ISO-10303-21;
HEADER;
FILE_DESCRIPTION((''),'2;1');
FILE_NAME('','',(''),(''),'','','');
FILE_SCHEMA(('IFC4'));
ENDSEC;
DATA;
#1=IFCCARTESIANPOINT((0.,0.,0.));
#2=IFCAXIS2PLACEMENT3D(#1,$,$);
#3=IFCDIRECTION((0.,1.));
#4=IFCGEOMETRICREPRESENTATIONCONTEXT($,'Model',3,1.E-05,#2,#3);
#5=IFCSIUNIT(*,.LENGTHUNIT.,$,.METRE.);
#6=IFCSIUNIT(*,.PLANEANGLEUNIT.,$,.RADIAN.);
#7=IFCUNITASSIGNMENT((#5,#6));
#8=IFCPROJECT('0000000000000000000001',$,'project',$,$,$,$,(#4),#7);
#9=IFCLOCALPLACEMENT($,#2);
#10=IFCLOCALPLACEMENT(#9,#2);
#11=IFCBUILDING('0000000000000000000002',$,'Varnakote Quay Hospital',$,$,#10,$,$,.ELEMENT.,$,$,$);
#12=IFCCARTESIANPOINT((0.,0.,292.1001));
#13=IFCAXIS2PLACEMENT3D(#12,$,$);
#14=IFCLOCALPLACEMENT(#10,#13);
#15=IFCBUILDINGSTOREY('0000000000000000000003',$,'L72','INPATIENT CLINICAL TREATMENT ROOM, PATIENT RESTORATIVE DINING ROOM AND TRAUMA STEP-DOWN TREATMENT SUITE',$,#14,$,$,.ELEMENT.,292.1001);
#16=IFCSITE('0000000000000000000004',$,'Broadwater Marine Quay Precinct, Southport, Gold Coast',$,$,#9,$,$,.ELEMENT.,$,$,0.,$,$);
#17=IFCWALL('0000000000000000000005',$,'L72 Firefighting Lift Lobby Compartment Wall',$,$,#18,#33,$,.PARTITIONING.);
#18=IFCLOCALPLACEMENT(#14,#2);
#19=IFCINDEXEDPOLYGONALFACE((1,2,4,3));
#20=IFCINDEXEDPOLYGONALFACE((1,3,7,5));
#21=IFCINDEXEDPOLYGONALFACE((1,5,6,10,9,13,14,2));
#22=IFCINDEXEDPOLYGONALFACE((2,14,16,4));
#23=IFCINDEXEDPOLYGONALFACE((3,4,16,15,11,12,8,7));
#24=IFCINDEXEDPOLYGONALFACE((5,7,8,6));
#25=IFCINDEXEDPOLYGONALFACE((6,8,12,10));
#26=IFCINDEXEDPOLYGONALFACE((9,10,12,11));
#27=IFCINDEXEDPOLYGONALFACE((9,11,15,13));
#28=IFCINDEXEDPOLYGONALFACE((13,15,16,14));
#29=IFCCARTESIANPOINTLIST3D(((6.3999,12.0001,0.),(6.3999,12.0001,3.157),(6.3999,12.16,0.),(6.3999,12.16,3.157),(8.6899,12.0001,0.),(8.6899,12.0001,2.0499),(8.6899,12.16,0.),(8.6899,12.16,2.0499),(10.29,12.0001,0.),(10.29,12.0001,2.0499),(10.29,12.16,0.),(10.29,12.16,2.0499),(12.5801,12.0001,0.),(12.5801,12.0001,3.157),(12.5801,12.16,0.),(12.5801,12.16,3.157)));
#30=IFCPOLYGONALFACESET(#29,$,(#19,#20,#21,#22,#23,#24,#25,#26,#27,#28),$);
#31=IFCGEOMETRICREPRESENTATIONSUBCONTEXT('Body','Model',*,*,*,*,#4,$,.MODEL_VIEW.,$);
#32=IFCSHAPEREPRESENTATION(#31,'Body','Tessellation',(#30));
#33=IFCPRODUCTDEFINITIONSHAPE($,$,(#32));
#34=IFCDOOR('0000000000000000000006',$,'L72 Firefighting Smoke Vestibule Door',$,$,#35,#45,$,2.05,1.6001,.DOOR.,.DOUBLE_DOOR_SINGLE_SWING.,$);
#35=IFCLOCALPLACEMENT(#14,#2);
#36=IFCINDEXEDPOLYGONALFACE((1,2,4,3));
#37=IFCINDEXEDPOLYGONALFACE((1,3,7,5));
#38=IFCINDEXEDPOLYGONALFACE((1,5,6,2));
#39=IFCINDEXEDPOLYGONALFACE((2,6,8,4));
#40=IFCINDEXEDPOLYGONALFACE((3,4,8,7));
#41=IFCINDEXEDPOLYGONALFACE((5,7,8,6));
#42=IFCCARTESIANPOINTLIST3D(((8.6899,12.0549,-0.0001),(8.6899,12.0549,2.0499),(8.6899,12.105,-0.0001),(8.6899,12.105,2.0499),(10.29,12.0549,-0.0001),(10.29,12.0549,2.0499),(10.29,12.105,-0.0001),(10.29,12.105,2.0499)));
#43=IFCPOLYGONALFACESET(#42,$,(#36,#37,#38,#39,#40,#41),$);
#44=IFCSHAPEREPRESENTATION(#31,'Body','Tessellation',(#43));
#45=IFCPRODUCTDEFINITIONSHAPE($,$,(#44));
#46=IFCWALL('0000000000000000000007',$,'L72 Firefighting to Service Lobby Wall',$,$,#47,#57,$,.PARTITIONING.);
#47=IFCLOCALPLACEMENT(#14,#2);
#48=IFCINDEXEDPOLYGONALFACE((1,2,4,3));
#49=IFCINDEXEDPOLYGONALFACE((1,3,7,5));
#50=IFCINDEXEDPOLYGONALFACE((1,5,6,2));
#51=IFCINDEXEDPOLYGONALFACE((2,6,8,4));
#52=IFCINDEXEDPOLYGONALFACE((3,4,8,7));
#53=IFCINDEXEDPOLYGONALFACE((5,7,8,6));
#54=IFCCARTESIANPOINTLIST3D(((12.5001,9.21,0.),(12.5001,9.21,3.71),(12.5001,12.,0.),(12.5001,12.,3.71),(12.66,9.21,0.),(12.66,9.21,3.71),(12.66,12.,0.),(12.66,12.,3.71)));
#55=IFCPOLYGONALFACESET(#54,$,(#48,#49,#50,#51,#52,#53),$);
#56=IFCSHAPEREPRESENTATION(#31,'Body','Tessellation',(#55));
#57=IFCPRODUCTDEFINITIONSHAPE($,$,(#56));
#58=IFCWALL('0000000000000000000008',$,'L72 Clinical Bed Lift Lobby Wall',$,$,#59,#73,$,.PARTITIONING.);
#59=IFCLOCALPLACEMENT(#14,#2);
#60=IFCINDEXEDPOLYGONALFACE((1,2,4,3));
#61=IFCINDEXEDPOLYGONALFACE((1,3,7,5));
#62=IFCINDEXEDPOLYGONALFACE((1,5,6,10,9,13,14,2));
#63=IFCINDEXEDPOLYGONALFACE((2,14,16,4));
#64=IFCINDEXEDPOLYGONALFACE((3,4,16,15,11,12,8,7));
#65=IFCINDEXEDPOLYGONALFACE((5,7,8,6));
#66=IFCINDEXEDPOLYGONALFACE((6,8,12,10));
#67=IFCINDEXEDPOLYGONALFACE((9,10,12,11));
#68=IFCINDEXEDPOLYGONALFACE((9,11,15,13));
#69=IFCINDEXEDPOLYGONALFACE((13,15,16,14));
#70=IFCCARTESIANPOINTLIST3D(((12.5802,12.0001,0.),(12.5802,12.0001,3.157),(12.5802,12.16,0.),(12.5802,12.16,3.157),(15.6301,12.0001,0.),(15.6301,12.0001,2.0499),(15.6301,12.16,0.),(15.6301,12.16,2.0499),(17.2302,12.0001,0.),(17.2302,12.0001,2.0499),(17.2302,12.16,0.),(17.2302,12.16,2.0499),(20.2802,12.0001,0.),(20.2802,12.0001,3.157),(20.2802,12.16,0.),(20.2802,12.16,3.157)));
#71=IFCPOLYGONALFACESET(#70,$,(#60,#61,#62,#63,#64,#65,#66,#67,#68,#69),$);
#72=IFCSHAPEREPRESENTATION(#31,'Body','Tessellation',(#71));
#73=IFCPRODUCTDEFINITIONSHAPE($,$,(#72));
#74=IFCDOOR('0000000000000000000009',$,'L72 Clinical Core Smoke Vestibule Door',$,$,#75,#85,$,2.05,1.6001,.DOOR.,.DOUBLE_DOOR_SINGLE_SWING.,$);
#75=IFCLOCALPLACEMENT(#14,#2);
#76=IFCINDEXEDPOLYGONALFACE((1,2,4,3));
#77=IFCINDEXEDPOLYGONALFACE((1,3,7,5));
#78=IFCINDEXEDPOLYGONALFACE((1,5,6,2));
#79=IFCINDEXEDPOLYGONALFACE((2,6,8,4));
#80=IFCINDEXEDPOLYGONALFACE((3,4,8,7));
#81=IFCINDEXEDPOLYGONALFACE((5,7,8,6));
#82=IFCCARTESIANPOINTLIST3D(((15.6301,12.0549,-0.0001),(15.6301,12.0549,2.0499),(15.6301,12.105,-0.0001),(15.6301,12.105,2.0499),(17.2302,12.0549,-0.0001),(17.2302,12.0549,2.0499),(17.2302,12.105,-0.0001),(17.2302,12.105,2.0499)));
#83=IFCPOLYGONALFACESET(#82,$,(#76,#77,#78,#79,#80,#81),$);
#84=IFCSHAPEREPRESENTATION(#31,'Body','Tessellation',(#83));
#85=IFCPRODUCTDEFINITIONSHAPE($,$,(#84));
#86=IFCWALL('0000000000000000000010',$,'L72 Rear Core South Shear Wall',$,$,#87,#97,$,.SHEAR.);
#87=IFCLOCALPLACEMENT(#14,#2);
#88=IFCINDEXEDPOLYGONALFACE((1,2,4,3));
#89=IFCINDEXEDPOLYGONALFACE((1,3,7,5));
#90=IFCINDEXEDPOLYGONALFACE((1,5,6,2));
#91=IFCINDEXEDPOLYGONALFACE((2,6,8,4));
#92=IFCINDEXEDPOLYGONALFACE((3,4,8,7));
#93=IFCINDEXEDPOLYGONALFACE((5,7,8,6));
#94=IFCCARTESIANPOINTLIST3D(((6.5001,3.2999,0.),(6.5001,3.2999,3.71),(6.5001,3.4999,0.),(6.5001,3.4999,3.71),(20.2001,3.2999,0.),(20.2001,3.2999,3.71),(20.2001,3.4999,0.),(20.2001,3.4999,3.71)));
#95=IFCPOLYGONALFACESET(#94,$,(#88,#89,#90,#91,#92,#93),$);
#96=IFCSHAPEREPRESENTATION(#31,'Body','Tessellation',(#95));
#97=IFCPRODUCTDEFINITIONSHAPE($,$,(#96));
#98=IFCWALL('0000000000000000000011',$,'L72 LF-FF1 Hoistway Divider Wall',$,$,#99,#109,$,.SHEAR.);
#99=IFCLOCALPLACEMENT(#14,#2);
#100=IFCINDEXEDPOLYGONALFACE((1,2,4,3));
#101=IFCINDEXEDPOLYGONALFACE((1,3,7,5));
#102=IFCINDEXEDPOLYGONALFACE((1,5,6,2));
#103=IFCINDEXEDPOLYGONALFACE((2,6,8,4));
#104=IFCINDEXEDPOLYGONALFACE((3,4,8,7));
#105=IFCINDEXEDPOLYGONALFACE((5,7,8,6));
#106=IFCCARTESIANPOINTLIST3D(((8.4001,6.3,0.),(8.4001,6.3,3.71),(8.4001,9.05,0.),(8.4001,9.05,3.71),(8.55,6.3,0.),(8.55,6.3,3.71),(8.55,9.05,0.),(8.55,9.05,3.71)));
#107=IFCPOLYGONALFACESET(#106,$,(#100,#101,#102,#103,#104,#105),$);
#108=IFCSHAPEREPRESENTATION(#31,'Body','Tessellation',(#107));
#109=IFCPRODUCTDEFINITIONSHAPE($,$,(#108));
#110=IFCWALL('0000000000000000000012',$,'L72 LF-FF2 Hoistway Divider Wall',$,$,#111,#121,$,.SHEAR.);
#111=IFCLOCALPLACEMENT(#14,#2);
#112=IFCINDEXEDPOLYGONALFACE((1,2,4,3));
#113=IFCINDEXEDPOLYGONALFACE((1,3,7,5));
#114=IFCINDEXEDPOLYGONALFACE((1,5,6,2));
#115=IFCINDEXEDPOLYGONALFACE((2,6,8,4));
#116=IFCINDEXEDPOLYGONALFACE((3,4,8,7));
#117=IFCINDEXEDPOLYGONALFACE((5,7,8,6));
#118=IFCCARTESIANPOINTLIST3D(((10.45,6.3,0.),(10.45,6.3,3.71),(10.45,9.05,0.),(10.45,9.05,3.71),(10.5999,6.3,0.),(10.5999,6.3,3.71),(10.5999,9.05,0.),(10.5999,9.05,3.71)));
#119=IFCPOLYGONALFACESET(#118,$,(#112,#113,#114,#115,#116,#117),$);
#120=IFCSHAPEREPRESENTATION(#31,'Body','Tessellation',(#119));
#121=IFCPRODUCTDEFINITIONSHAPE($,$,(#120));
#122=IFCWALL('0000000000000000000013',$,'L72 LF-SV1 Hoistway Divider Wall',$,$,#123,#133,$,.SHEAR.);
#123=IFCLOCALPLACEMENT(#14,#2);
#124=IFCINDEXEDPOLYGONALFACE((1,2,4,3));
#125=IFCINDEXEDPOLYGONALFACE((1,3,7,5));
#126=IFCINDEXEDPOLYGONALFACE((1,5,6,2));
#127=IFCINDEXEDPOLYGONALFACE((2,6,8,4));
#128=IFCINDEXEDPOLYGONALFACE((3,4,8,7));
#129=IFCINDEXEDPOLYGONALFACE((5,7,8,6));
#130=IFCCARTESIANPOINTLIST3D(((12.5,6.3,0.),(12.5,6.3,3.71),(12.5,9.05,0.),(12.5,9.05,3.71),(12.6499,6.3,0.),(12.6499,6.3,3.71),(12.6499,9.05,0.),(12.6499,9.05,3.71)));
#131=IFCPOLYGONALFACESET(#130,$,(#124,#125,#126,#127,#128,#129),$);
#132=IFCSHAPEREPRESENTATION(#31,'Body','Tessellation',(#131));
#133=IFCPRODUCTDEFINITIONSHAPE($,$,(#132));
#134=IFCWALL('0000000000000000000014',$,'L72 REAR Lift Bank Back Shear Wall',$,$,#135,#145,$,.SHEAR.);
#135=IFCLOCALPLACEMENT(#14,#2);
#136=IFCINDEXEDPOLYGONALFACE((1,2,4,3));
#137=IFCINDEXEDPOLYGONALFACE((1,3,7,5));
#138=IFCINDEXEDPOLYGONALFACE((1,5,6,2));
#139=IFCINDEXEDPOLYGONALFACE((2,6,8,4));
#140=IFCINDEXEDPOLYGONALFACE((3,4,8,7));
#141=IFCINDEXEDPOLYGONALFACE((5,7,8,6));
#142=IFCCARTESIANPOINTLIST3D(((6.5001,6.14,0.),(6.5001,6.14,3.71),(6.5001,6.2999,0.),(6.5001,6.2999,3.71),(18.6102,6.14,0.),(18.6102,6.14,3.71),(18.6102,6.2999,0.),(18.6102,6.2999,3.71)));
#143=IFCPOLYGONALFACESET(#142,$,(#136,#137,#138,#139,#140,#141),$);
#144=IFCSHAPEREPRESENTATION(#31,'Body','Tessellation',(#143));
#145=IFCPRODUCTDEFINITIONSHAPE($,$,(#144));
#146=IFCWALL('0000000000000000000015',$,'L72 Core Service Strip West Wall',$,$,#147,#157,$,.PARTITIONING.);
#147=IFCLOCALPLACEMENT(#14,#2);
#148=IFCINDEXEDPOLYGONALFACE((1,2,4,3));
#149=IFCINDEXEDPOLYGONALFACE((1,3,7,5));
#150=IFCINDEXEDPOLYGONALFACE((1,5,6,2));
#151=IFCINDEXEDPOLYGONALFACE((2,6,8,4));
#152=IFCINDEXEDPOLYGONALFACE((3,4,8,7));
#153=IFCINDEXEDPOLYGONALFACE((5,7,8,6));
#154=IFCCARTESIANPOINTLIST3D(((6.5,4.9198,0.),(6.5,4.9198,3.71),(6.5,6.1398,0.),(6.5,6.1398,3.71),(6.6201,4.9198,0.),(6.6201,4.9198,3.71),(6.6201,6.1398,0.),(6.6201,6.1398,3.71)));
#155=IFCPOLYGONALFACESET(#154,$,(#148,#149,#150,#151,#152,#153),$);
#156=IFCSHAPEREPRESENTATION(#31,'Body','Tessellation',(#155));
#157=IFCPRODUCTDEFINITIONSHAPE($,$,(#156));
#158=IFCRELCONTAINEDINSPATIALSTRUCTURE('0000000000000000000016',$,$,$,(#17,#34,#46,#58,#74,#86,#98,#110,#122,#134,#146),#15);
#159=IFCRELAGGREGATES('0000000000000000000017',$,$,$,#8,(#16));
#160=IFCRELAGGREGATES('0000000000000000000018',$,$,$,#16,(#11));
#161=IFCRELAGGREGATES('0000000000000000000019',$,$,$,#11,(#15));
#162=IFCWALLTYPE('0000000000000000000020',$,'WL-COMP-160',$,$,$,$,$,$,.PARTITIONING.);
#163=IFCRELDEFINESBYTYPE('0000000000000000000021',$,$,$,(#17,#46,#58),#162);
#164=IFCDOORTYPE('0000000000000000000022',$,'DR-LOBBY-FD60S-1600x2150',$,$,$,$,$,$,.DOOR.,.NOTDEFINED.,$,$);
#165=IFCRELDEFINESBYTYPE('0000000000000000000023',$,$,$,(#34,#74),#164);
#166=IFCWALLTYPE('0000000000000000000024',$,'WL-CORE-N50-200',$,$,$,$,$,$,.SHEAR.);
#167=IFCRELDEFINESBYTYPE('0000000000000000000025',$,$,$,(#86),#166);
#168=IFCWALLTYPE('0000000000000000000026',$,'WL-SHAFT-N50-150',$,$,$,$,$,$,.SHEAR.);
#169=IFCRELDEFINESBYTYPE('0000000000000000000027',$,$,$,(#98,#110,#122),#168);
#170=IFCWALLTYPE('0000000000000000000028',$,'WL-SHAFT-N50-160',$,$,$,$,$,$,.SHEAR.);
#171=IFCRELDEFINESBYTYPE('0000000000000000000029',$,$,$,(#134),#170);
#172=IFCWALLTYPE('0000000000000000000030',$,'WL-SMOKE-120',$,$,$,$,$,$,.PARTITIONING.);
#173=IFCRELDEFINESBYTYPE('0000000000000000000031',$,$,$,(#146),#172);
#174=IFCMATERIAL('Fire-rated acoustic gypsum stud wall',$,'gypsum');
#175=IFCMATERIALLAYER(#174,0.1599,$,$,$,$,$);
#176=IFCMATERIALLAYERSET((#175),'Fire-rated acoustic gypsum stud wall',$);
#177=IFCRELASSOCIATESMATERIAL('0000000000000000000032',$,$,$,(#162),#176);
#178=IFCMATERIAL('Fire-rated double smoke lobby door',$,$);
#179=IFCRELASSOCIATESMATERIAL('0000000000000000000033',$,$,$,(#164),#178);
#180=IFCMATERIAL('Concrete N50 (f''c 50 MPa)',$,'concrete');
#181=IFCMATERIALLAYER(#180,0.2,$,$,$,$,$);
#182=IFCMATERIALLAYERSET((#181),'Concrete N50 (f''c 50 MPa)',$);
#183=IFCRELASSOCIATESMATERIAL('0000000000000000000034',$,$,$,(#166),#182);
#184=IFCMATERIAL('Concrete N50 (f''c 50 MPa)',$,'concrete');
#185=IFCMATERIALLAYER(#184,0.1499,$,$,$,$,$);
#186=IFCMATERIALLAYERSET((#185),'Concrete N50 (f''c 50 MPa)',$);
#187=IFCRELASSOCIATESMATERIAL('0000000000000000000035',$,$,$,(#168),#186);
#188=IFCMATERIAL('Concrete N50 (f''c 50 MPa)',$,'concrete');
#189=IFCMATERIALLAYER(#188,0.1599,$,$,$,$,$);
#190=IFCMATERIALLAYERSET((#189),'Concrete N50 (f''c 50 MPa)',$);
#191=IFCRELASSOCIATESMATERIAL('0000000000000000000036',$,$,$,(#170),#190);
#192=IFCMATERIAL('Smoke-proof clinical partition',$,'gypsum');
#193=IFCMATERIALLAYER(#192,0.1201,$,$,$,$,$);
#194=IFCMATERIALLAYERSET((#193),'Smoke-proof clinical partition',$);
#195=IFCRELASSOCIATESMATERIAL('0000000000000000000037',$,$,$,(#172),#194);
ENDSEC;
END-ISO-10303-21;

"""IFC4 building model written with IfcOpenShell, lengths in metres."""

from ifc_helpers import new_model, si_unit, direction, frame, frame_2d, origin, place, context, subcontext, project, spatial, rectangle, extrude, material, layer, layer_set, type_object, element, fill, save


model = new_model("IFC4")

# Units and contexts
model_context = context("Model", 3, precision=1e-05, world=origin(), true_north=direction((0.0, 1.0)))
body_context = subcontext(model_context, "Body", "Model", "MODEL_VIEW")
ifc_project = project(units=[si_unit("LENGTHUNIT", "METRE"), si_unit("PLANEANGLEUNIT", "RADIAN")], contexts=[model_context])

# Site, building, storey
site_placement = place(None, origin())
site = spatial("IfcSite", under=ifc_project, at=site_placement, Name="Broadwater Marine Quay Precinct, Southport, Gold Coast", CompositionType="ELEMENT", RefElevation=0.0)
building_placement = place(site_placement, origin())
building = spatial("IfcBuilding", under=site, at=building_placement, Name="Varnakote Quay Hospital", CompositionType="ELEMENT")
storey_placement = place(building_placement, frame((0.0, 0.0, 292.1001)))
storey = spatial("IfcBuildingStorey", under=building, at=storey_placement, Name="L72", Description="INPATIENT CLINICAL TREATMENT ROOM, PATIENT RESTORATIVE DINING ROOM AND TRAUMA STEP-DOWN TREATMENT SUITE", CompositionType="ELEMENT", Elevation=292.1001)

# Wall, opening, door
ifc_material_1 = material(Name="Fire-rated acoustic gypsum stud wall", Category="gypsum")
ifc_layer_1 = layer(ifc_material_1, 0.1599)
ifc_layer_set_1 = layer_set([ifc_layer_1], Name="Fire-rated acoustic gypsum stud wall")
wall_type_1 = type_object("IfcWallType", Name="WL-COMP-160", PredefinedType="PARTITIONING", material=ifc_layer_set_1)
wall_1_placement = place(storey_placement, frame((6.3999, 12.0801, 0.0), z_axis=(0.0, 0.0, 1.0), x_axis=(1.0, 0.0, 0.0)))
wall_1 = element("IfcWall", 1, at=wall_1_placement, inside=storey, type_object=wall_type_1, Name="L72 Firefighting Lift Lobby Compartment Wall", PredefinedType="PARTITIONING", context=body_context, shape_type="SweptSolid", body=[
    extrude(rectangle(XDim=6.1802, YDim=0.1599, at=frame_2d((3.0901, 0.0))), origin(), (0.0, 0.0, 1.0), 3.157),
])
opening_1_placement = place(wall_1_placement, frame((2.29, 0.0, 0.0)))
opening_1 = element("IfcOpeningElement", 2, at=opening_1_placement, cuts=wall_1, PredefinedType="OPENING", context=body_context, shape_type="SweptSolid", body=[
    extrude(rectangle(XDim=1.6001, YDim=2.05, at=frame_2d((0.8, 1.0249))), frame((0.0, 0.0898, 0.0), z_axis=(0.0, -1.0, 0.0), x_axis=(1.0, 0.0, 0.0)), (0.0, 0.0, 1.0), 0.1799),
])
ifc_material_2 = material(Name="Fire-rated double smoke lobby door")
door_type_1 = type_object("IfcDoorType", Name="DR-LOBBY-FD60S-1600x2150", OperationType="NOTDEFINED", PredefinedType="DOOR", material=ifc_material_2)
door_1_placement = place(opening_1_placement, origin())
door_1 = element("IfcDoor", 3, at=door_1_placement, inside=storey, type_object=door_type_1, Name="L72 Firefighting Smoke Vestibule Door", OperationType="DOUBLE_DOOR_SINGLE_SWING", OverallHeight=2.05, OverallWidth=1.6001, PredefinedType="DOOR", context=body_context, shape_type="SweptSolid", body=[
    extrude(rectangle(XDim=1.6001, YDim=2.05, at=frame_2d((0.8, 1.0249))), frame((0.0, 0.0249, 0.0), z_axis=(0.0, -1.0, 0.0), x_axis=(1.0, 0.0, 0.0)), (0.0, 0.0, 1.0), 0.05),
])
fill(opening_1, door_1)

# Wall
wall_2_placement = place(storey_placement, frame((12.5801, 9.21, 0.0), z_axis=(0.0, 0.0, 1.0), x_axis=(0.0, 1.0, 0.0)))
element("IfcWall", 4, at=wall_2_placement, inside=storey, type_object=wall_type_1, Name="L72 Firefighting to Service Lobby Wall", PredefinedType="PARTITIONING", context=body_context, shape_type="SweptSolid", body=[
    extrude(rectangle(XDim=2.79, YDim=0.1599, at=frame_2d((1.395, 0.0))), origin(), (0.0, 0.0, 1.0), 3.71),
])

# Wall, opening, door
wall_3_placement = place(storey_placement, frame((12.5801, 12.0801, 0.0), z_axis=(0.0, 0.0, 1.0), x_axis=(1.0, 0.0, 0.0)))
wall_3 = element("IfcWall", 5, at=wall_3_placement, inside=storey, type_object=wall_type_1, Name="L72 Clinical Bed Lift Lobby Wall", PredefinedType="PARTITIONING", context=body_context, shape_type="SweptSolid", body=[
    extrude(rectangle(XDim=7.7, YDim=0.1599, at=frame_2d((3.8501, 0.0))), origin(), (0.0, 0.0, 1.0), 3.157),
])
opening_2_placement = place(wall_3_placement, frame((3.05, 0.0, 0.0)))
opening_2 = element("IfcOpeningElement", 6, at=opening_2_placement, cuts=wall_3, PredefinedType="OPENING", context=body_context, shape_type="SweptSolid", body=[
    extrude(rectangle(XDim=1.6001, YDim=2.05, at=frame_2d((0.8, 1.0249))), frame((0.0, 0.0898, 0.0), z_axis=(0.0, -1.0, 0.0), x_axis=(1.0, 0.0, 0.0)), (0.0, 0.0, 1.0), 0.1799),
])
door_2_placement = place(opening_2_placement, origin())
door_2 = element("IfcDoor", 7, at=door_2_placement, inside=storey, type_object=door_type_1, Name="L72 Clinical Core Smoke Vestibule Door", OperationType="DOUBLE_DOOR_SINGLE_SWING", OverallHeight=2.05, OverallWidth=1.6001, PredefinedType="DOOR", context=body_context, shape_type="SweptSolid", body=[
    extrude(rectangle(XDim=1.6001, YDim=2.05, at=frame_2d((0.8, 1.0249))), frame((0.0, 0.0249, 0.0), z_axis=(0.0, -1.0, 0.0), x_axis=(1.0, 0.0, 0.0)), (0.0, 0.0, 1.0), 0.05),
])
fill(opening_2, door_2)

# Walls
ifc_material_3 = material(Name="Concrete N50 (f'c 50 MPa)", Category="concrete")
ifc_layer_2 = layer(ifc_material_3, 0.2)
ifc_layer_set_2 = layer_set([ifc_layer_2], Name="Concrete N50 (f'c 50 MPa)")
wall_type_2 = type_object("IfcWallType", Name="WL-CORE-N50-200", PredefinedType="SHEAR", material=ifc_layer_set_2)
wall_4_placement = place(storey_placement, frame((6.5, 3.3999, 0.0), z_axis=(0.0, 0.0, 1.0), x_axis=(1.0, 0.0, 0.0)))
element("IfcWall", 8, at=wall_4_placement, inside=storey, type_object=wall_type_2, Name="L72 Rear Core South Shear Wall", PredefinedType="SHEAR", context=body_context, shape_type="SweptSolid", body=[
    extrude(rectangle(XDim=13.7, YDim=0.2, at=frame_2d((6.8501, 0.0))), origin(), (0.0, 0.0, 1.0), 3.71),
])
ifc_material_4 = material(Name="Concrete N50 (f'c 50 MPa)", Category="concrete")
ifc_layer_3 = layer(ifc_material_4, 0.1499)
ifc_layer_set_3 = layer_set([ifc_layer_3], Name="Concrete N50 (f'c 50 MPa)")
wall_type_3 = type_object("IfcWallType", Name="WL-SHAFT-N50-150", PredefinedType="SHEAR", material=ifc_layer_set_3)
for number, where, z_axis, x_axis, name in (
    (9, (8.4751, 6.3, 0.0), (0.0, 0.0, 1.0), (0.0, 1.0, 0.0), "L72 LF-FF1 Hoistway Divider Wall"),
    (10, (10.5249, 6.3, 0.0), (0.0, 0.0, 1.0), (0.0, 1.0, 0.0), "L72 LF-FF2 Hoistway Divider Wall"),
    (11, (12.575, 6.3, 0.0), (0.0, 0.0, 1.0), (0.0, 1.0, 0.0), "L72 LF-SV1 Hoistway Divider Wall"),
):
    element("IfcWall", number, at=place(storey_placement, frame(where, z_axis=z_axis, x_axis=x_axis)), inside=storey, type_object=wall_type_3, Name=name, PredefinedType="SHEAR", context=body_context, shape_type="SweptSolid", body=[
        extrude(rectangle(XDim=2.75, YDim=0.1499, at=frame_2d((1.375, 0.0))), origin(), (0.0, 0.0, 1.0), 3.71),
    ])
ifc_material_5 = material(Name="Concrete N50 (f'c 50 MPa)", Category="concrete")
ifc_layer_4 = layer(ifc_material_5, 0.1599)
ifc_layer_set_4 = layer_set([ifc_layer_4], Name="Concrete N50 (f'c 50 MPa)")
wall_type_4 = type_object("IfcWallType", Name="WL-SHAFT-N50-160", PredefinedType="SHEAR", material=ifc_layer_set_4)
wall_5_placement = place(storey_placement, frame((6.5, 6.22, 0.0), z_axis=(0.0, 0.0, 1.0), x_axis=(1.0, 0.0, 0.0)))
element("IfcWall", 12, at=wall_5_placement, inside=storey, type_object=wall_type_4, Name="L72 REAR Lift Bank Back Shear Wall", PredefinedType="SHEAR", context=body_context, shape_type="SweptSolid", body=[
    extrude(rectangle(XDim=12.1101, YDim=0.1599, at=frame_2d((6.0552, 0.0))), origin(), (0.0, 0.0, 1.0), 3.71),
])

# Wall
ifc_material_6 = material(Name="Smoke-proof clinical partition", Category="gypsum")
ifc_layer_5 = layer(ifc_material_6, 0.1201)
ifc_layer_set_5 = layer_set([ifc_layer_5], Name="Smoke-proof clinical partition")
wall_type_5 = type_object("IfcWallType", Name="WL-SMOKE-120", PredefinedType="PARTITIONING", material=ifc_layer_set_5)
wall_6_placement = place(storey_placement, frame((6.5601, 4.9199, 0.0), z_axis=(0.0, 0.0, 1.0), x_axis=(0.0, 1.0, 0.0)))
element("IfcWall", 13, at=wall_6_placement, inside=storey, type_object=wall_type_5, Name="L72 Core Service Strip West Wall", PredefinedType="PARTITIONING", context=body_context, shape_type="SweptSolid", body=[
    extrude(rectangle(XDim=1.22, YDim=0.1201, at=frame_2d((0.6099, 0.0))), origin(), (0.0, 0.0, 1.0), 3.71),
])

save(model, "model.ifc")
